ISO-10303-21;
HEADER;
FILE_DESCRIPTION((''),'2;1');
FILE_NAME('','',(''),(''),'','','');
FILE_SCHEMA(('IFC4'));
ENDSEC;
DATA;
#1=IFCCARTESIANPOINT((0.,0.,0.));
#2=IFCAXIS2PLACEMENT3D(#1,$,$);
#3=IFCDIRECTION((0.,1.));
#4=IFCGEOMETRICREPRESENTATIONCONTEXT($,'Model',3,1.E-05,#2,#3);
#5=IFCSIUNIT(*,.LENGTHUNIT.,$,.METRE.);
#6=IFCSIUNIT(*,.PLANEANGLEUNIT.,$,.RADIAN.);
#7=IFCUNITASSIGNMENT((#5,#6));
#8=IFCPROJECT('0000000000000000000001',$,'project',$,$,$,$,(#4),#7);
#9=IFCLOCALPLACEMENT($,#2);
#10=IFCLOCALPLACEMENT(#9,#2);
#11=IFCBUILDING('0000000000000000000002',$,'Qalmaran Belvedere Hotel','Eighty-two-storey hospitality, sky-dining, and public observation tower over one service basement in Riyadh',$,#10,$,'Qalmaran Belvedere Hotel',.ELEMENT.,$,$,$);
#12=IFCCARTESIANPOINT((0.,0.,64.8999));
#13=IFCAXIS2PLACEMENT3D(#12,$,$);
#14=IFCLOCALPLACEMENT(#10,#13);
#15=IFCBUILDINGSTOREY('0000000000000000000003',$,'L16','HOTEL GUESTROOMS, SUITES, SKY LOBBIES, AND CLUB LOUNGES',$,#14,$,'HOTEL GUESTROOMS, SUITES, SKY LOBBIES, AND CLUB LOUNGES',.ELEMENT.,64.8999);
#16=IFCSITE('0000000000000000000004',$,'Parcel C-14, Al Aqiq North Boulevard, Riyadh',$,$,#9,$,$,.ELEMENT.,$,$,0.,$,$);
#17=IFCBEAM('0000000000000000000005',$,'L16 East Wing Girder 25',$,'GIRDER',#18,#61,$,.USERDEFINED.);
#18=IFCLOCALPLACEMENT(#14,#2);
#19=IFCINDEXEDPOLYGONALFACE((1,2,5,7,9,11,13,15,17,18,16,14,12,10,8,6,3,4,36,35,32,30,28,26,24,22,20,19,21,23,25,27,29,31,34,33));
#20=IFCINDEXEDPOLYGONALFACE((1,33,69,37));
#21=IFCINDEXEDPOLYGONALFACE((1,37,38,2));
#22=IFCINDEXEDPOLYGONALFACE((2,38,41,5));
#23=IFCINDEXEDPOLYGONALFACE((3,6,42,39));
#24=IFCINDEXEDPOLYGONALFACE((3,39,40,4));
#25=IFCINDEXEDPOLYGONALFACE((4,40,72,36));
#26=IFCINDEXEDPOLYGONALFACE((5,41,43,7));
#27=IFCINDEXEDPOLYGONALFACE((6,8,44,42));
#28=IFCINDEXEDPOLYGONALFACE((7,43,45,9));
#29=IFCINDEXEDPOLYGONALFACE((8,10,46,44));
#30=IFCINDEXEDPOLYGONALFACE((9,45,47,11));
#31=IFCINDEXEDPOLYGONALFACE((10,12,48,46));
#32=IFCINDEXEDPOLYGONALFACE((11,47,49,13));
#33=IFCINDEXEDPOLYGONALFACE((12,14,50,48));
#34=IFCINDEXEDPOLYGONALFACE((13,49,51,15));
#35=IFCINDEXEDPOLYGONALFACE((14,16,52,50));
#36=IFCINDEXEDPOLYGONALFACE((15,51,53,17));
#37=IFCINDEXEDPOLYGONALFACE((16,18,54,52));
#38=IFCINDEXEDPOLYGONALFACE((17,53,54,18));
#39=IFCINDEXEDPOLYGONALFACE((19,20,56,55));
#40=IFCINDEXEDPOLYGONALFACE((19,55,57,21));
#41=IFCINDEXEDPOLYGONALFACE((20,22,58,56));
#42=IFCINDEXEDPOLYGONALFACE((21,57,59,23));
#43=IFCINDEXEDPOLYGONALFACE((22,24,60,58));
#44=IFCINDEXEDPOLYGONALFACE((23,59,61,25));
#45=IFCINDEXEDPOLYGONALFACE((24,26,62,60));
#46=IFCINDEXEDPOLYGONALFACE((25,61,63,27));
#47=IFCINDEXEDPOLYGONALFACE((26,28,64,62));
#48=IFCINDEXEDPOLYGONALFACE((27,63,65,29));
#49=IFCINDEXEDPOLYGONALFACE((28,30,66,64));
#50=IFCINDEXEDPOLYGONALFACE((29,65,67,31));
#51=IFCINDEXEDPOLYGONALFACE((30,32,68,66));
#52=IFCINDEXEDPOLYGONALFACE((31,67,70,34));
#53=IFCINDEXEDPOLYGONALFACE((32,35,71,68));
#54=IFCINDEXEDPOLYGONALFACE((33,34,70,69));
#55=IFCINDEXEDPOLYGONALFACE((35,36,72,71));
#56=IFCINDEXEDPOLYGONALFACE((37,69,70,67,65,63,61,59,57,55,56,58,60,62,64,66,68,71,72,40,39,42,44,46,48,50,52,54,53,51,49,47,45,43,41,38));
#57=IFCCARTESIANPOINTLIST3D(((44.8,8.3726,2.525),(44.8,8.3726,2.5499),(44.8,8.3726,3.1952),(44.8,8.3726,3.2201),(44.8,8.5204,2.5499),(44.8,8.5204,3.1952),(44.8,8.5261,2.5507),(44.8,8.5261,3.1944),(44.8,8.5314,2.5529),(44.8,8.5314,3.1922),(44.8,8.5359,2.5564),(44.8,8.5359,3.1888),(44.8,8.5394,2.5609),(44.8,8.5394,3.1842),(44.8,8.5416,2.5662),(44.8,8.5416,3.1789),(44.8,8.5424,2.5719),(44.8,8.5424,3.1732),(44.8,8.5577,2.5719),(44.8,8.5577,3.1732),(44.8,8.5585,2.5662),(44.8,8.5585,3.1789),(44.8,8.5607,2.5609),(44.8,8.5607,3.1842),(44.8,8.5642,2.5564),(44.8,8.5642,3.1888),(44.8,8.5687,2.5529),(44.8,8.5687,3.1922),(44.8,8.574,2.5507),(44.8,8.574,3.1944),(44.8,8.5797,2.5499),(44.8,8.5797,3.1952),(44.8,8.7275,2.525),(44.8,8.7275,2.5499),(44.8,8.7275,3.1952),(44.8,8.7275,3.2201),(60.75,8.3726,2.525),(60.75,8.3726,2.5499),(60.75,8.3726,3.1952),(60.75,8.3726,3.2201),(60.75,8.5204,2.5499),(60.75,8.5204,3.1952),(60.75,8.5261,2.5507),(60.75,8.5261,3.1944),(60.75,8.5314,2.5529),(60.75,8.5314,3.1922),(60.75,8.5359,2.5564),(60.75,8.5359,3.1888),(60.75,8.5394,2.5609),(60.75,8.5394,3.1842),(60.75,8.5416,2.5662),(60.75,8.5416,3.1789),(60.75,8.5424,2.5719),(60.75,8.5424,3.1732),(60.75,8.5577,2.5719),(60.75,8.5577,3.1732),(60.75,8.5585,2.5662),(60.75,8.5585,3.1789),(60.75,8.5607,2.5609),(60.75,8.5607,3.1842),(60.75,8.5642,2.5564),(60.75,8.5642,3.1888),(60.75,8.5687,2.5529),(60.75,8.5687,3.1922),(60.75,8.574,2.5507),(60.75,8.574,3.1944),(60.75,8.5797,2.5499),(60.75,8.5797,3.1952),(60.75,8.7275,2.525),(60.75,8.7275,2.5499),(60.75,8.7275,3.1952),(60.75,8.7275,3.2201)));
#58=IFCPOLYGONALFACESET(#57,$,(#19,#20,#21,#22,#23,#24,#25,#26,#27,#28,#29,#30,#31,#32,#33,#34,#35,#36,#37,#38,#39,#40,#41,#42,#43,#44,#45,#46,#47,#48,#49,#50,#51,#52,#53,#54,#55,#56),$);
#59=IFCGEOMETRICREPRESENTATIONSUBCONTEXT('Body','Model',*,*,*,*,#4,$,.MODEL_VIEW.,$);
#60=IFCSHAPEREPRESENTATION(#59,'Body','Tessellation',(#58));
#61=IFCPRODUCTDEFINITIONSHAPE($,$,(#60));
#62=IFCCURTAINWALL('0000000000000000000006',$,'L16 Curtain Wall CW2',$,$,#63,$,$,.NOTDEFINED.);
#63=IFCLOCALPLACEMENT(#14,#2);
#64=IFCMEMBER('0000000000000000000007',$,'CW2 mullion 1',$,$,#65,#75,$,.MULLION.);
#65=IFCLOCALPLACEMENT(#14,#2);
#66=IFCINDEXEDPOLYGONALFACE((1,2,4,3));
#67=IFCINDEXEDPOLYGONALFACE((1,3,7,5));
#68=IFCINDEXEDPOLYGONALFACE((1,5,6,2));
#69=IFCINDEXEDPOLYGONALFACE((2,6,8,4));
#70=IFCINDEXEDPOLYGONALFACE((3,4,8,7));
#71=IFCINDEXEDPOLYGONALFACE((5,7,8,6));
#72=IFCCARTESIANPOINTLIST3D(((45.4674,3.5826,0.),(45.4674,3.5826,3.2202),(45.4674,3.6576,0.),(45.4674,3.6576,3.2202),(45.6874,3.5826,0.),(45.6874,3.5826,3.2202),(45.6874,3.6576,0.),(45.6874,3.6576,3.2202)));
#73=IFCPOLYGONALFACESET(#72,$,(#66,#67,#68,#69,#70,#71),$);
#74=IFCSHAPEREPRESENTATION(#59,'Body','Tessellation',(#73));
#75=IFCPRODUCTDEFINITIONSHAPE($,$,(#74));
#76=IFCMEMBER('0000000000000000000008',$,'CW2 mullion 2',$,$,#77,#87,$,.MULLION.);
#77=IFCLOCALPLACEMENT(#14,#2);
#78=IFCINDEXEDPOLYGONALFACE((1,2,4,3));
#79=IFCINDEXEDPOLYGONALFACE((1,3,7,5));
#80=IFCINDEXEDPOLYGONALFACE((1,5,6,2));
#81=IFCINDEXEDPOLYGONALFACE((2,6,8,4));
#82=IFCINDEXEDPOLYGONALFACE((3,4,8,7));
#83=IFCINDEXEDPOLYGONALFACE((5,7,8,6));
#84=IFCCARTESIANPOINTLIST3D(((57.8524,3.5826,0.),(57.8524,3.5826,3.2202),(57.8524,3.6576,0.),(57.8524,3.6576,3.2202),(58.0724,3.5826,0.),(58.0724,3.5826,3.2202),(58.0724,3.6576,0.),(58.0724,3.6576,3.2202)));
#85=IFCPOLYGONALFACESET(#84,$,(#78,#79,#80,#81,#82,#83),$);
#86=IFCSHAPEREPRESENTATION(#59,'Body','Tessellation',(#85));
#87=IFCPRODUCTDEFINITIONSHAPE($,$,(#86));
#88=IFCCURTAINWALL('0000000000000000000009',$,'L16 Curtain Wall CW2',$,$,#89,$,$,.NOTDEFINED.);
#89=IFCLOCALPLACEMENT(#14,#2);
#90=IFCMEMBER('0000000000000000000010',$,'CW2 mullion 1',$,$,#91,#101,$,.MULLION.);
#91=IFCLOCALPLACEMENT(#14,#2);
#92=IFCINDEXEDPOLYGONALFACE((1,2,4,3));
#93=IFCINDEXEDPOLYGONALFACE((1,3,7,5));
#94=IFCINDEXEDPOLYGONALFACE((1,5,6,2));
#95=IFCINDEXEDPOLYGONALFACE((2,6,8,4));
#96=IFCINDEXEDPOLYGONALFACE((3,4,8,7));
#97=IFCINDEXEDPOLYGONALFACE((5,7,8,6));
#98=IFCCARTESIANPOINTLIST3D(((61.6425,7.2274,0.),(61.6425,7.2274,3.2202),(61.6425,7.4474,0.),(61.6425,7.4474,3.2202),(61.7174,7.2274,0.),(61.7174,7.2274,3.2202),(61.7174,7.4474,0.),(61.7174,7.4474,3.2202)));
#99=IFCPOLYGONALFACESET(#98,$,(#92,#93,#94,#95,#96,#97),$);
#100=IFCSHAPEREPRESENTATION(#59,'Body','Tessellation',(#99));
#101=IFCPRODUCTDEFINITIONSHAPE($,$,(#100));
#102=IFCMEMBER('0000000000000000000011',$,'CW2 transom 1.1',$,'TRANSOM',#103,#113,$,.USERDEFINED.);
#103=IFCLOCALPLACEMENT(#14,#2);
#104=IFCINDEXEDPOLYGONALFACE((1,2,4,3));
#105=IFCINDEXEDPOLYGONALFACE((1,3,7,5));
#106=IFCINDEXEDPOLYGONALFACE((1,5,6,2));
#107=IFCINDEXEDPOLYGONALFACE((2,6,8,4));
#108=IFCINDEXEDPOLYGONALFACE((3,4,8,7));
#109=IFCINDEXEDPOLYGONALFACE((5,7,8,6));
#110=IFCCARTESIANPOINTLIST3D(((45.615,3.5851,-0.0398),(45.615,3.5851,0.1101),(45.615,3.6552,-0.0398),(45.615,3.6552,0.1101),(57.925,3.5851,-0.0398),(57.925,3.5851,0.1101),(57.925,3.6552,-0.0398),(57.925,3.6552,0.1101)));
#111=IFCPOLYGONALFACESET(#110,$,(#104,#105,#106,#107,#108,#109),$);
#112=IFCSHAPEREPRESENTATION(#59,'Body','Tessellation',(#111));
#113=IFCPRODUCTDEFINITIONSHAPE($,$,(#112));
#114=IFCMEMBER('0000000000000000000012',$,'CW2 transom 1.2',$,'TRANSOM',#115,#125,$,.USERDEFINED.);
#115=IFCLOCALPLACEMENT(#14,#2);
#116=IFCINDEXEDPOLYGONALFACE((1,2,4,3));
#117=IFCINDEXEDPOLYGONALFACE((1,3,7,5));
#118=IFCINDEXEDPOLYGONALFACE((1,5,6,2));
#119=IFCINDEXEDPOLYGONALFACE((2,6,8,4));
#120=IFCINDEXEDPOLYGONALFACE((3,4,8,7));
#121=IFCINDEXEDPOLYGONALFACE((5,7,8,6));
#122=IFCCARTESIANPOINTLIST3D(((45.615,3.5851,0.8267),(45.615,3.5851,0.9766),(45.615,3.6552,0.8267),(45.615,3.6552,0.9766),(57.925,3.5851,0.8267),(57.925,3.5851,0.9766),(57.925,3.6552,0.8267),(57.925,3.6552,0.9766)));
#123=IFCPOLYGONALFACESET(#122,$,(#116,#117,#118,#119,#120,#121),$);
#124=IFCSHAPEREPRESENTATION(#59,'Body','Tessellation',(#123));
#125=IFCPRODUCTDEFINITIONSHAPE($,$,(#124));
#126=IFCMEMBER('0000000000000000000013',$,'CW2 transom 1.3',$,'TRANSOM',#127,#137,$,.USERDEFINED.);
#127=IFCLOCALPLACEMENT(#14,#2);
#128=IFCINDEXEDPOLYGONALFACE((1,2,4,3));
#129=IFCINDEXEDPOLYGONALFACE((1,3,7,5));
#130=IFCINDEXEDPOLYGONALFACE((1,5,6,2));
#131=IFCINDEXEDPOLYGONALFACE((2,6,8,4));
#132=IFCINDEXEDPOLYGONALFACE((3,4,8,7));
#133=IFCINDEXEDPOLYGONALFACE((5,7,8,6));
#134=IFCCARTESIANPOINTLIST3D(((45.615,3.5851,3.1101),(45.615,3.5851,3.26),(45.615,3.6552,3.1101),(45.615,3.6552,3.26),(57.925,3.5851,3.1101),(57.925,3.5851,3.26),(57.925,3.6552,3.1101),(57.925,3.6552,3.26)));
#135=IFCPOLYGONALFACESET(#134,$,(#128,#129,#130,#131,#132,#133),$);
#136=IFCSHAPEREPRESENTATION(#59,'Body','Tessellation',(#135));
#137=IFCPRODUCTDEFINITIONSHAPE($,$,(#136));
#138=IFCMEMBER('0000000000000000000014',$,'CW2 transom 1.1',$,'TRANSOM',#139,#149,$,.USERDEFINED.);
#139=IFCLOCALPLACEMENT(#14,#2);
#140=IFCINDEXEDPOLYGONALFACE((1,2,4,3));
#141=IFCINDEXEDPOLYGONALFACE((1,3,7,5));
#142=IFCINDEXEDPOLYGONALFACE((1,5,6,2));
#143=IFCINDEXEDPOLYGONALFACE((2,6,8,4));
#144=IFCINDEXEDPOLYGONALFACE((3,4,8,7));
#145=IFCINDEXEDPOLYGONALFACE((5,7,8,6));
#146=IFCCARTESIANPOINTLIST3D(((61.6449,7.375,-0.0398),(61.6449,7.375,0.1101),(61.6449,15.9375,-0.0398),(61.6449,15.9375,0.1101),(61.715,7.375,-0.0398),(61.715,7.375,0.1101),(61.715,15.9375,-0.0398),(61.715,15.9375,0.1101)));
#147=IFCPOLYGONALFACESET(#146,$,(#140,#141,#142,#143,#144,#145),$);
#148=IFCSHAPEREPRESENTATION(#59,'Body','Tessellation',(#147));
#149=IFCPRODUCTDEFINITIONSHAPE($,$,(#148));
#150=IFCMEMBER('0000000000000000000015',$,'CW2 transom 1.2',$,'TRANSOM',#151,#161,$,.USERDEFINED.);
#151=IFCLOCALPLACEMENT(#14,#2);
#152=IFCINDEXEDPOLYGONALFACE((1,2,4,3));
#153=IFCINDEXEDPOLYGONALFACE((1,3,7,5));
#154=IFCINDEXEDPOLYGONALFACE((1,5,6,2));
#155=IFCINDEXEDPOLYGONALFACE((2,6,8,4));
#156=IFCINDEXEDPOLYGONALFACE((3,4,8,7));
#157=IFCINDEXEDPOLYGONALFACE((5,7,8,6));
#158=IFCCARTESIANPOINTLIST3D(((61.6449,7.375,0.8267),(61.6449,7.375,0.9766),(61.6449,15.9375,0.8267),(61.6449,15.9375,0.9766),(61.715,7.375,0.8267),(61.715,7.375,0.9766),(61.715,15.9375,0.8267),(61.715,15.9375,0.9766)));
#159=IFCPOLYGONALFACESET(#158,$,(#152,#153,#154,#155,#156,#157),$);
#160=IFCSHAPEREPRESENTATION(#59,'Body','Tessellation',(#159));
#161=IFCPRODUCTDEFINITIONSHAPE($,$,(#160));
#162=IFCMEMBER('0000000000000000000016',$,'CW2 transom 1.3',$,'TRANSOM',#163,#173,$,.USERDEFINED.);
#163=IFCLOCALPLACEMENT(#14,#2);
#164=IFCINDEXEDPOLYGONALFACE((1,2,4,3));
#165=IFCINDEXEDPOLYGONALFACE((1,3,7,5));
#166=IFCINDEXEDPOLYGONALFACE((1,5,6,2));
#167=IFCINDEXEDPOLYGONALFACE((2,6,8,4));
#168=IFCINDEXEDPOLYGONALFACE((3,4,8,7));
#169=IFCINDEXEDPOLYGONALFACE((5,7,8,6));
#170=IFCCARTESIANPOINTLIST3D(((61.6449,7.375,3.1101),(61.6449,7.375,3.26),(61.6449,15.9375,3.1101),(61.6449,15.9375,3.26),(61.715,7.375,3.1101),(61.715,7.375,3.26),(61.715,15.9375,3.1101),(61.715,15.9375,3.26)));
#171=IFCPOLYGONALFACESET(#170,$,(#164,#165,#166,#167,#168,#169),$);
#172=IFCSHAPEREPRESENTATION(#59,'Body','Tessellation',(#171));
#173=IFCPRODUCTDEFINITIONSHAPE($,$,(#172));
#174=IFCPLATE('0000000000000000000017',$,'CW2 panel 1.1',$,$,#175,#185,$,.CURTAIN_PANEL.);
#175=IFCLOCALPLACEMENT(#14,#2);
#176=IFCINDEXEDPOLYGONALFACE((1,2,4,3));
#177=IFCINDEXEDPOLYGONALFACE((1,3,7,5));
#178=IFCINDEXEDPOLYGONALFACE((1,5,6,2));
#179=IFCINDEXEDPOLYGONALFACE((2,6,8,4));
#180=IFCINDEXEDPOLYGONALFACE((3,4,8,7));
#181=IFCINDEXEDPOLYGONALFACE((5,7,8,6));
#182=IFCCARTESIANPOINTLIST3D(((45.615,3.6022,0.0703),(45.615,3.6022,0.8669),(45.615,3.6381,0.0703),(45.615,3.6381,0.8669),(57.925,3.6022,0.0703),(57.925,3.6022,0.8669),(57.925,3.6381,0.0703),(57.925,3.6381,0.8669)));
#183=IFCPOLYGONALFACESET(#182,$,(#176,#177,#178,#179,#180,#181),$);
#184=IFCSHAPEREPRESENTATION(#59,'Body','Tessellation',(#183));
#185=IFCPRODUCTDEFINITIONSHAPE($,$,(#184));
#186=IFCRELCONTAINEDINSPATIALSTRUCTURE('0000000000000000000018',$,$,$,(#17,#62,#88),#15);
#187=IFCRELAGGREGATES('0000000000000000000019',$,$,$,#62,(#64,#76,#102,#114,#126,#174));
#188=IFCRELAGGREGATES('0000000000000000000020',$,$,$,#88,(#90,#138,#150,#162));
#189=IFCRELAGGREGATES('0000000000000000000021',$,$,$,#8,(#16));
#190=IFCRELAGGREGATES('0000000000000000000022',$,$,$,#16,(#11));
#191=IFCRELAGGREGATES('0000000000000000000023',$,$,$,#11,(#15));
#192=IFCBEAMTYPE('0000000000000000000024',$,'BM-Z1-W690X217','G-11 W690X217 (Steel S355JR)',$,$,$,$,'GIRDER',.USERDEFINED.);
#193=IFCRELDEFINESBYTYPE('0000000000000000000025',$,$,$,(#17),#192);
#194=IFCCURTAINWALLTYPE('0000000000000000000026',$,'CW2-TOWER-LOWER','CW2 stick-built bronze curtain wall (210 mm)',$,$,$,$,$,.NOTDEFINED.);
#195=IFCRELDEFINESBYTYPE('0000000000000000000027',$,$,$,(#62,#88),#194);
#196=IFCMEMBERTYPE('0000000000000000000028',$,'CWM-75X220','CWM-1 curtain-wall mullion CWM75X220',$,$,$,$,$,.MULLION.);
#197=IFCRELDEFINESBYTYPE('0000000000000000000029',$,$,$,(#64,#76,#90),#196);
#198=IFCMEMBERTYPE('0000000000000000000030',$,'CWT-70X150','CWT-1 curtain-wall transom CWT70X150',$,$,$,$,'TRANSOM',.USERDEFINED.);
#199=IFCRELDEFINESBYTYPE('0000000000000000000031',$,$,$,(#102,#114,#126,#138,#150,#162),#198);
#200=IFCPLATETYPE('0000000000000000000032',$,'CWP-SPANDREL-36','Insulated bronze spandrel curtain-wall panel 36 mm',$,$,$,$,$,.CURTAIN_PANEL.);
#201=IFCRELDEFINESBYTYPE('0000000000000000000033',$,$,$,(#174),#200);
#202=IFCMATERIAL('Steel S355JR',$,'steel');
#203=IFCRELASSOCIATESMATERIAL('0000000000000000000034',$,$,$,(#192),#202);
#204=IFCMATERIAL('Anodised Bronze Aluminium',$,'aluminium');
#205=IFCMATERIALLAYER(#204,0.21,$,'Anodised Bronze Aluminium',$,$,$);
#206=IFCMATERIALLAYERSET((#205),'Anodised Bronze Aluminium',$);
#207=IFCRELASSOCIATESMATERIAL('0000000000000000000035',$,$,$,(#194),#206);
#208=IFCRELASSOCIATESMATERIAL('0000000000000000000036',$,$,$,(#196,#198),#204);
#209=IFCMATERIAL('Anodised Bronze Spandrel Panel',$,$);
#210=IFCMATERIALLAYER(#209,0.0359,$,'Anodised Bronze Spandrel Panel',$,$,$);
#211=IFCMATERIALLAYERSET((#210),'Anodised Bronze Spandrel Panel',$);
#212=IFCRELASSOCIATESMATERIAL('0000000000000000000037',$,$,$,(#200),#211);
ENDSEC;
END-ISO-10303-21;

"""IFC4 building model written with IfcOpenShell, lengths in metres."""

from ifc_helpers import new_model, si_unit, direction, frame, origin, origin_2d, place, context, subcontext, project, spatial, rectangle, i_section, extrude, material, layer, layer_set, material_profile, profile_set, type_object, element, aggregate, save


model = new_model("IFC4")

# Units and contexts
model_context = context("Model", 3, precision=1e-05, world=origin(), true_north=direction((0.0, 1.0)))
body_context = subcontext(model_context, "Body", "Model", "MODEL_VIEW")
ifc_project = project(units=[si_unit("LENGTHUNIT", "METRE"), si_unit("PLANEANGLEUNIT", "RADIAN")], contexts=[model_context])

# Site, building, storey
site_placement = place(None, origin())
site = spatial("IfcSite", under=ifc_project, at=site_placement, Name="Parcel C-14, Al Aqiq North Boulevard, Riyadh", CompositionType="ELEMENT", RefElevation=0.0)
building_placement = place(site_placement, origin())
building = spatial("IfcBuilding", under=site, at=building_placement, Name="Qalmaran Belvedere Hotel", Description="Eighty-two-storey hospitality, sky-dining, and public observation tower over one service basement in Riyadh", LongName="Qalmaran Belvedere Hotel", CompositionType="ELEMENT")
storey_placement = place(building_placement, frame((0.0, 0.0, 64.8999)))
storey = spatial("IfcBuildingStorey", under=building, at=storey_placement, Name="L16", Description="HOTEL GUESTROOMS, SUITES, SKY LOBBIES, AND CLUB LOUNGES", LongName="HOTEL GUESTROOMS, SUITES, SKY LOBBIES, AND CLUB LOUNGES", CompositionType="ELEMENT", Elevation=64.8999)

# Beam
ifc_material_1 = material(Name="Steel S355JR", Category="steel")
ifc_material_profile_1 = material_profile(ifc_material_1, i_section(OverallWidth=0.355, OverallDepth=0.6951, WebThickness=0.0154, FlangeThickness=0.0249, FilletRadius=0.022, at=origin_2d()), Name="W690X217")
ifc_profile_set_1 = profile_set([ifc_material_profile_1], Name="Steel S355JR")
beam_type_1 = type_object("IfcBeamType", Name="BM-Z1-W690X217", Description="G-11 W690X217 (Steel S355JR)", ElementType="GIRDER", PredefinedType="USERDEFINED", material=ifc_profile_set_1)
beam_1_placement = place(storey_placement, frame((44.8, 8.55, 2.8726), z_axis=(1.0, 0.0, 0.0), x_axis=(0.0, 1.0, 0.0)))
element("IfcBeam", 1, at=beam_1_placement, inside=storey, type_object=beam_type_1, Name="L16 East Wing Girder 25", ObjectType="GIRDER", PredefinedType="USERDEFINED", context=body_context, shape_type="SweptSolid", body=[
    extrude(i_section(OverallWidth=0.355, OverallDepth=0.6951, WebThickness=0.0154, FlangeThickness=0.0249, FilletRadius=0.022, at=origin_2d()), origin(), (0.0, 0.0, 1.0), 15.95),
])

# Curtain wall, members
ifc_material_2 = material(Name="Anodised Bronze Aluminium", Category="aluminium")
ifc_layer_1 = layer(ifc_material_2, 0.21, Name="Anodised Bronze Aluminium")
ifc_layer_set_1 = layer_set([ifc_layer_1], Name="Anodised Bronze Aluminium")
curtain_wall_type = type_object("IfcCurtainWallType", Name="CW2-TOWER-LOWER", Description="CW2 stick-built bronze curtain wall (210 mm)", PredefinedType="NOTDEFINED", material=ifc_layer_set_1)
curtain_wall_1_placement = place(storey_placement, origin())
curtain_wall_1 = element("IfcCurtainWall", 2, at=curtain_wall_1_placement, inside=storey, type_object=curtain_wall_type, Name="L16 Curtain Wall CW2", PredefinedType="NOTDEFINED")
ifc_material_profile_2 = material_profile(ifc_material_2, rectangle(XDim=0.075, YDim=0.22, at=origin_2d()), Name="CWM75X220")
ifc_profile_set_2 = profile_set([ifc_material_profile_2], Name="Anodised Bronze Aluminium")
member_type_1 = type_object("IfcMemberType", Name="CWM-75X220", Description="CWM-1 curtain-wall mullion CWM75X220", PredefinedType="MULLION", material=ifc_profile_set_2)
member_1_placement = place(storey_placement, frame((45.5774, 3.6201, 0.0), z_axis=(0.0, 0.0, 1.0), x_axis=(0.0, 1.0, 0.0)))
member_1 = element("IfcMember", 3, at=member_1_placement, type_object=member_type_1, Name="CW2 mullion 1", PredefinedType="MULLION", context=body_context, shape_type="SweptSolid", body=[
    extrude(rectangle(XDim=0.075, YDim=0.22, at=origin_2d()), origin(), (0.0, 0.0, 1.0), 3.2202),
])
member_2_placement = place(storey_placement, frame((57.9624, 3.6201, 0.0), z_axis=(0.0, 0.0, 1.0), x_axis=(0.0, 1.0, 0.0)))
member_2 = element("IfcMember", 4, at=member_2_placement, type_object=member_type_1, Name="CW2 mullion 2", PredefinedType="MULLION", context=body_context, shape_type="SweptSolid", body=[
    extrude(rectangle(XDim=0.075, YDim=0.22, at=origin_2d()), origin(), (0.0, 0.0, 1.0), 3.2202),
])

# Curtain wall, member
curtain_wall_2_placement = place(storey_placement, origin())
curtain_wall_2 = element("IfcCurtainWall", 5, at=curtain_wall_2_placement, inside=storey, type_object=curtain_wall_type, Name="L16 Curtain Wall CW2", PredefinedType="NOTDEFINED")
member_3_placement = place(storey_placement, frame((61.6799, 7.3374, 0.0), z_axis=(0.0, 0.0, 1.0), x_axis=(-1.0, 0.0, 0.0)))
member_3 = element("IfcMember", 6, at=member_3_placement, type_object=member_type_1, Name="CW2 mullion 1", PredefinedType="MULLION", context=body_context, shape_type="SweptSolid", body=[
    extrude(rectangle(XDim=0.075, YDim=0.22, at=origin_2d()), origin(), (0.0, 0.0, 1.0), 3.2202),
])

# Members
ifc_material_profile_3 = material_profile(ifc_material_2, rectangle(XDim=0.0701, YDim=0.1499, at=origin_2d()), Name="CWT70X150")
ifc_profile_set_3 = profile_set([ifc_material_profile_3], Name="Anodised Bronze Aluminium")
member_type_2 = type_object("IfcMemberType", Name="CWT-70X150", Description="CWT-1 curtain-wall transom CWT70X150", ElementType="TRANSOM", PredefinedType="USERDEFINED", material=ifc_profile_set_3)
member_4_placement = place(storey_placement, frame((45.615, 3.6201, 0.0352), z_axis=(1.0, 0.0, 0.0), x_axis=(0.0, 1.0, 0.0)))
member_4 = element("IfcMember", 7, at=member_4_placement, type_object=member_type_2, Name="CW2 transom 1.1", ObjectType="TRANSOM", PredefinedType="USERDEFINED", context=body_context, shape_type="SweptSolid", body=[
    extrude(rectangle(XDim=0.0701, YDim=0.1499, at=origin_2d()), origin(), (0.0, 0.0, 1.0), 12.3101),
])
member_5_placement = place(storey_placement, frame((45.615, 3.6201, 0.9016), z_axis=(1.0, 0.0, 0.0), x_axis=(0.0, 1.0, 0.0)))
member_5 = element("IfcMember", 8, at=member_5_placement, type_object=member_type_2, Name="CW2 transom 1.2", ObjectType="TRANSOM", PredefinedType="USERDEFINED", context=body_context, shape_type="SweptSolid", body=[
    extrude(rectangle(XDim=0.0701, YDim=0.1499, at=origin_2d()), origin(), (0.0, 0.0, 1.0), 12.3101),
])
member_6_placement = place(storey_placement, frame((45.615, 3.6201, 3.1851), z_axis=(1.0, 0.0, 0.0), x_axis=(0.0, 1.0, 0.0)))
member_6 = element("IfcMember", 9, at=member_6_placement, type_object=member_type_2, Name="CW2 transom 1.3", ObjectType="TRANSOM", PredefinedType="USERDEFINED", context=body_context, shape_type="SweptSolid", body=[
    extrude(rectangle(XDim=0.0701, YDim=0.1499, at=origin_2d()), origin(), (0.0, 0.0, 1.0), 12.3101),
])
member_7_placement = place(storey_placement, frame((61.6799, 7.375, 0.0352), z_axis=(0.0, 1.0, 0.0), x_axis=(-1.0, 0.0, 0.0)))
member_7 = element("IfcMember", 10, at=member_7_placement, type_object=member_type_2, Name="CW2 transom 1.1", ObjectType="TRANSOM", PredefinedType="USERDEFINED", context=body_context, shape_type="SweptSolid", body=[
    extrude(rectangle(XDim=0.0701, YDim=0.1499, at=origin_2d()), origin(), (0.0, 0.0, 1.0), 8.5625),
])
member_8_placement = place(storey_placement, frame((61.6799, 7.375, 0.9016), z_axis=(0.0, 1.0, 0.0), x_axis=(-1.0, 0.0, 0.0)))
member_8 = element("IfcMember", 11, at=member_8_placement, type_object=member_type_2, Name="CW2 transom 1.2", ObjectType="TRANSOM", PredefinedType="USERDEFINED", context=body_context, shape_type="SweptSolid", body=[
    extrude(rectangle(XDim=0.0701, YDim=0.1499, at=origin_2d()), origin(), (0.0, 0.0, 1.0), 8.5625),
])
member_9_placement = place(storey_placement, frame((61.6799, 7.375, 3.1851), z_axis=(0.0, 1.0, 0.0), x_axis=(-1.0, 0.0, 0.0)))
member_9 = element("IfcMember", 12, at=member_9_placement, type_object=member_type_2, Name="CW2 transom 1.3", ObjectType="TRANSOM", PredefinedType="USERDEFINED", context=body_context, shape_type="SweptSolid", body=[
    extrude(rectangle(XDim=0.0701, YDim=0.1499, at=origin_2d()), origin(), (0.0, 0.0, 1.0), 8.5625),
])

# Plate
ifc_material_3 = material(Name="Anodised Bronze Spandrel Panel")
ifc_layer_2 = layer(ifc_material_3, 0.0359, Name="Anodised Bronze Spandrel Panel")
ifc_layer_set_2 = layer_set([ifc_layer_2], Name="Anodised Bronze Spandrel Panel")
plate_type_1 = type_object("IfcPlateType", Name="CWP-SPANDREL-36", Description="Insulated bronze spandrel curtain-wall panel 36 mm", PredefinedType="CURTAIN_PANEL", material=ifc_layer_set_2)
plate_1_placement = place(storey_placement, frame((51.77, 3.6201, 0.0703), z_axis=(0.0, 0.0, 1.0), x_axis=(1.0, 0.0, 0.0)))
plate_1 = element("IfcPlate", 13, at=plate_1_placement, type_object=plate_type_1, Name="CW2 panel 1.1", PredefinedType="CURTAIN_PANEL", context=body_context, shape_type="SweptSolid", body=[
    extrude(rectangle(XDim=12.3101, YDim=0.0359, at=origin_2d()), origin(), (0.0, 0.0, 1.0), 0.7966),
])
aggregate(curtain_wall_1, [member_1, member_2, member_4, member_5, member_6, plate_1])
aggregate(curtain_wall_2, [member_3, member_7, member_8, member_9])

save(model, "model.ifc")
